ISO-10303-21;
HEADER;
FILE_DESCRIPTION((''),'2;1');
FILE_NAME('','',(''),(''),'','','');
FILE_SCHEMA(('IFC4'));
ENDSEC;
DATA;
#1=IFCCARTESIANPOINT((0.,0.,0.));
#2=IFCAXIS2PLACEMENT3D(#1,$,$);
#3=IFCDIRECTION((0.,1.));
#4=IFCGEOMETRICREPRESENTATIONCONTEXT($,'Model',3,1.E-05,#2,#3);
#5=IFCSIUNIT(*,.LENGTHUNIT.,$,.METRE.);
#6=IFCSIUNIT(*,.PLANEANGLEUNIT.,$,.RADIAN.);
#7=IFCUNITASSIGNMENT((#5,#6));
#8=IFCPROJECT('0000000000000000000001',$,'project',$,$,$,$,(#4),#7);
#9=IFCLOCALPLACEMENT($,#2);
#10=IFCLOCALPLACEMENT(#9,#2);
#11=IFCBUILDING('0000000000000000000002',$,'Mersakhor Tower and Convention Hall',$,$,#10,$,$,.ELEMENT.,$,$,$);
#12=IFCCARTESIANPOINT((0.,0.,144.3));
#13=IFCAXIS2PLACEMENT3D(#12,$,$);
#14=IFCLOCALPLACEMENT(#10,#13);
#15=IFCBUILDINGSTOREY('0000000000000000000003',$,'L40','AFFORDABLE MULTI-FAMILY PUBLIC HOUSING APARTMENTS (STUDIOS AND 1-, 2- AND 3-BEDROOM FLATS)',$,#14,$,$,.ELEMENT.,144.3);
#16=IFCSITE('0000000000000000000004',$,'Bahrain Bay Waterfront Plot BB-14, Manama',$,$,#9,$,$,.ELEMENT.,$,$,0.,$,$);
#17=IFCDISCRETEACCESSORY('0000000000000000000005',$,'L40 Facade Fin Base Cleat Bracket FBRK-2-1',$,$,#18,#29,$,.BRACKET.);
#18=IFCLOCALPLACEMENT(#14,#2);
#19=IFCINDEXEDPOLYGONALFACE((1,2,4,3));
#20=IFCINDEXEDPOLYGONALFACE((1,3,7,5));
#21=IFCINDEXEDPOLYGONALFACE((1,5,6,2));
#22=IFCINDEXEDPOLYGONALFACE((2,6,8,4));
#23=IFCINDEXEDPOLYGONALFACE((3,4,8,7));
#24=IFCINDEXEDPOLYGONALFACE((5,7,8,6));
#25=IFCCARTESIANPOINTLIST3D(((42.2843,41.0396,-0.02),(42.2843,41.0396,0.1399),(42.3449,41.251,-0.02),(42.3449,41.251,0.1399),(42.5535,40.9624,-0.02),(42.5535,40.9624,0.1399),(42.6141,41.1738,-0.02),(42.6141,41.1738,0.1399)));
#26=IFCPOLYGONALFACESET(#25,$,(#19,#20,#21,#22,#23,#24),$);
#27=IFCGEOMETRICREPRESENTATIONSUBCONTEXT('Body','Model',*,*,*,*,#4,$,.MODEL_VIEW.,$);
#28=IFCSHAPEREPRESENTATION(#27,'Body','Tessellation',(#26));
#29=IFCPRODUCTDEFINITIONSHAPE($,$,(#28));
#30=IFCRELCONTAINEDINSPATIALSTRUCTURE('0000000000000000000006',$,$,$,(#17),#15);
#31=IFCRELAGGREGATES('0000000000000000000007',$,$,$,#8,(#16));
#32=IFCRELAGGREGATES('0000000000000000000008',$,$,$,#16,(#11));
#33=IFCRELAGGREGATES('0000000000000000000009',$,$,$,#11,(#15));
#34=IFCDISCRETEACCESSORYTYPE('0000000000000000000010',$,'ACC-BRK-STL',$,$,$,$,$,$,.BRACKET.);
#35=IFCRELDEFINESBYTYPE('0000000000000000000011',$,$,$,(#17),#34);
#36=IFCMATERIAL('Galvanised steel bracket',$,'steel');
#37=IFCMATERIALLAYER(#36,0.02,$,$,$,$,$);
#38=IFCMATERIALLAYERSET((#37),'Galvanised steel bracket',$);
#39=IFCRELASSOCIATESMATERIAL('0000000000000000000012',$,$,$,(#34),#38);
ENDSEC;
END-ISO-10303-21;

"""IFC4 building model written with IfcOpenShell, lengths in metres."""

from ifc_helpers import new_model, si_unit, direction, frame, origin, origin_2d, place, context, subcontext, project, spatial, rectangle, extrude, material, layer, layer_set, type_object, element, save


model = new_model("IFC4")

# Units and contexts
model_context = context("Model", 3, precision=1e-05, world=origin(), true_north=direction((0.0, 1.0)))
body_context = subcontext(model_context, "Body", "Model", "MODEL_VIEW")
ifc_project = project(units=[si_unit("LENGTHUNIT", "METRE"), si_unit("PLANEANGLEUNIT", "RADIAN")], contexts=[model_context])

# Site, building, storey
site_placement = place(None, origin())
site = spatial("IfcSite", under=ifc_project, at=site_placement, Name="Bahrain Bay Waterfront Plot BB-14, Manama", CompositionType="ELEMENT", RefElevation=0.0)
building_placement = place(site_placement, origin())
building = spatial("IfcBuilding", under=site, at=building_placement, Name="Mersakhor Tower and Convention Hall", CompositionType="ELEMENT")
storey_placement = place(building_placement, frame((0.0, 0.0, 144.3)))
storey = spatial("IfcBuildingStorey", under=building, at=storey_placement, Name="L40", Description="AFFORDABLE MULTI-FAMILY PUBLIC HOUSING APARTMENTS (STUDIOS AND 1-, 2- AND 3-BEDROOM FLATS)", CompositionType="ELEMENT", Elevation=144.3)

# Discrete accessory
ifc_material_1 = material(Name="Galvanised steel bracket", Category="steel")
ifc_layer_1 = layer(ifc_material_1, 0.02)
ifc_layer_set_1 = layer_set([ifc_layer_1], Name="Galvanised steel bracket")
discrete_accessory_type = type_object("IfcDiscreteAccessoryType", Name="ACC-BRK-STL", PredefinedType="BRACKET", material=ifc_layer_set_1)
discrete_accessory_placement = place(storey_placement, frame((42.4492, 41.1067, -0.02), z_axis=(0.0, 0.0, 1.0), x_axis=(0.961262, -0.275637, 0.0)))
element("IfcDiscreteAccessory", 1, at=discrete_accessory_placement, inside=storey, type_object=discrete_accessory_type, Name="L40 Facade Fin Base Cleat Bracket FBRK-2-1", PredefinedType="BRACKET", context=body_context, shape_type="SweptSolid", body=[
    extrude(rectangle(XDim=0.28, YDim=0.22, at=origin_2d()), origin(), (0.0, 0.0, 1.0), 0.1599),
])

save(model, "model.ifc")
